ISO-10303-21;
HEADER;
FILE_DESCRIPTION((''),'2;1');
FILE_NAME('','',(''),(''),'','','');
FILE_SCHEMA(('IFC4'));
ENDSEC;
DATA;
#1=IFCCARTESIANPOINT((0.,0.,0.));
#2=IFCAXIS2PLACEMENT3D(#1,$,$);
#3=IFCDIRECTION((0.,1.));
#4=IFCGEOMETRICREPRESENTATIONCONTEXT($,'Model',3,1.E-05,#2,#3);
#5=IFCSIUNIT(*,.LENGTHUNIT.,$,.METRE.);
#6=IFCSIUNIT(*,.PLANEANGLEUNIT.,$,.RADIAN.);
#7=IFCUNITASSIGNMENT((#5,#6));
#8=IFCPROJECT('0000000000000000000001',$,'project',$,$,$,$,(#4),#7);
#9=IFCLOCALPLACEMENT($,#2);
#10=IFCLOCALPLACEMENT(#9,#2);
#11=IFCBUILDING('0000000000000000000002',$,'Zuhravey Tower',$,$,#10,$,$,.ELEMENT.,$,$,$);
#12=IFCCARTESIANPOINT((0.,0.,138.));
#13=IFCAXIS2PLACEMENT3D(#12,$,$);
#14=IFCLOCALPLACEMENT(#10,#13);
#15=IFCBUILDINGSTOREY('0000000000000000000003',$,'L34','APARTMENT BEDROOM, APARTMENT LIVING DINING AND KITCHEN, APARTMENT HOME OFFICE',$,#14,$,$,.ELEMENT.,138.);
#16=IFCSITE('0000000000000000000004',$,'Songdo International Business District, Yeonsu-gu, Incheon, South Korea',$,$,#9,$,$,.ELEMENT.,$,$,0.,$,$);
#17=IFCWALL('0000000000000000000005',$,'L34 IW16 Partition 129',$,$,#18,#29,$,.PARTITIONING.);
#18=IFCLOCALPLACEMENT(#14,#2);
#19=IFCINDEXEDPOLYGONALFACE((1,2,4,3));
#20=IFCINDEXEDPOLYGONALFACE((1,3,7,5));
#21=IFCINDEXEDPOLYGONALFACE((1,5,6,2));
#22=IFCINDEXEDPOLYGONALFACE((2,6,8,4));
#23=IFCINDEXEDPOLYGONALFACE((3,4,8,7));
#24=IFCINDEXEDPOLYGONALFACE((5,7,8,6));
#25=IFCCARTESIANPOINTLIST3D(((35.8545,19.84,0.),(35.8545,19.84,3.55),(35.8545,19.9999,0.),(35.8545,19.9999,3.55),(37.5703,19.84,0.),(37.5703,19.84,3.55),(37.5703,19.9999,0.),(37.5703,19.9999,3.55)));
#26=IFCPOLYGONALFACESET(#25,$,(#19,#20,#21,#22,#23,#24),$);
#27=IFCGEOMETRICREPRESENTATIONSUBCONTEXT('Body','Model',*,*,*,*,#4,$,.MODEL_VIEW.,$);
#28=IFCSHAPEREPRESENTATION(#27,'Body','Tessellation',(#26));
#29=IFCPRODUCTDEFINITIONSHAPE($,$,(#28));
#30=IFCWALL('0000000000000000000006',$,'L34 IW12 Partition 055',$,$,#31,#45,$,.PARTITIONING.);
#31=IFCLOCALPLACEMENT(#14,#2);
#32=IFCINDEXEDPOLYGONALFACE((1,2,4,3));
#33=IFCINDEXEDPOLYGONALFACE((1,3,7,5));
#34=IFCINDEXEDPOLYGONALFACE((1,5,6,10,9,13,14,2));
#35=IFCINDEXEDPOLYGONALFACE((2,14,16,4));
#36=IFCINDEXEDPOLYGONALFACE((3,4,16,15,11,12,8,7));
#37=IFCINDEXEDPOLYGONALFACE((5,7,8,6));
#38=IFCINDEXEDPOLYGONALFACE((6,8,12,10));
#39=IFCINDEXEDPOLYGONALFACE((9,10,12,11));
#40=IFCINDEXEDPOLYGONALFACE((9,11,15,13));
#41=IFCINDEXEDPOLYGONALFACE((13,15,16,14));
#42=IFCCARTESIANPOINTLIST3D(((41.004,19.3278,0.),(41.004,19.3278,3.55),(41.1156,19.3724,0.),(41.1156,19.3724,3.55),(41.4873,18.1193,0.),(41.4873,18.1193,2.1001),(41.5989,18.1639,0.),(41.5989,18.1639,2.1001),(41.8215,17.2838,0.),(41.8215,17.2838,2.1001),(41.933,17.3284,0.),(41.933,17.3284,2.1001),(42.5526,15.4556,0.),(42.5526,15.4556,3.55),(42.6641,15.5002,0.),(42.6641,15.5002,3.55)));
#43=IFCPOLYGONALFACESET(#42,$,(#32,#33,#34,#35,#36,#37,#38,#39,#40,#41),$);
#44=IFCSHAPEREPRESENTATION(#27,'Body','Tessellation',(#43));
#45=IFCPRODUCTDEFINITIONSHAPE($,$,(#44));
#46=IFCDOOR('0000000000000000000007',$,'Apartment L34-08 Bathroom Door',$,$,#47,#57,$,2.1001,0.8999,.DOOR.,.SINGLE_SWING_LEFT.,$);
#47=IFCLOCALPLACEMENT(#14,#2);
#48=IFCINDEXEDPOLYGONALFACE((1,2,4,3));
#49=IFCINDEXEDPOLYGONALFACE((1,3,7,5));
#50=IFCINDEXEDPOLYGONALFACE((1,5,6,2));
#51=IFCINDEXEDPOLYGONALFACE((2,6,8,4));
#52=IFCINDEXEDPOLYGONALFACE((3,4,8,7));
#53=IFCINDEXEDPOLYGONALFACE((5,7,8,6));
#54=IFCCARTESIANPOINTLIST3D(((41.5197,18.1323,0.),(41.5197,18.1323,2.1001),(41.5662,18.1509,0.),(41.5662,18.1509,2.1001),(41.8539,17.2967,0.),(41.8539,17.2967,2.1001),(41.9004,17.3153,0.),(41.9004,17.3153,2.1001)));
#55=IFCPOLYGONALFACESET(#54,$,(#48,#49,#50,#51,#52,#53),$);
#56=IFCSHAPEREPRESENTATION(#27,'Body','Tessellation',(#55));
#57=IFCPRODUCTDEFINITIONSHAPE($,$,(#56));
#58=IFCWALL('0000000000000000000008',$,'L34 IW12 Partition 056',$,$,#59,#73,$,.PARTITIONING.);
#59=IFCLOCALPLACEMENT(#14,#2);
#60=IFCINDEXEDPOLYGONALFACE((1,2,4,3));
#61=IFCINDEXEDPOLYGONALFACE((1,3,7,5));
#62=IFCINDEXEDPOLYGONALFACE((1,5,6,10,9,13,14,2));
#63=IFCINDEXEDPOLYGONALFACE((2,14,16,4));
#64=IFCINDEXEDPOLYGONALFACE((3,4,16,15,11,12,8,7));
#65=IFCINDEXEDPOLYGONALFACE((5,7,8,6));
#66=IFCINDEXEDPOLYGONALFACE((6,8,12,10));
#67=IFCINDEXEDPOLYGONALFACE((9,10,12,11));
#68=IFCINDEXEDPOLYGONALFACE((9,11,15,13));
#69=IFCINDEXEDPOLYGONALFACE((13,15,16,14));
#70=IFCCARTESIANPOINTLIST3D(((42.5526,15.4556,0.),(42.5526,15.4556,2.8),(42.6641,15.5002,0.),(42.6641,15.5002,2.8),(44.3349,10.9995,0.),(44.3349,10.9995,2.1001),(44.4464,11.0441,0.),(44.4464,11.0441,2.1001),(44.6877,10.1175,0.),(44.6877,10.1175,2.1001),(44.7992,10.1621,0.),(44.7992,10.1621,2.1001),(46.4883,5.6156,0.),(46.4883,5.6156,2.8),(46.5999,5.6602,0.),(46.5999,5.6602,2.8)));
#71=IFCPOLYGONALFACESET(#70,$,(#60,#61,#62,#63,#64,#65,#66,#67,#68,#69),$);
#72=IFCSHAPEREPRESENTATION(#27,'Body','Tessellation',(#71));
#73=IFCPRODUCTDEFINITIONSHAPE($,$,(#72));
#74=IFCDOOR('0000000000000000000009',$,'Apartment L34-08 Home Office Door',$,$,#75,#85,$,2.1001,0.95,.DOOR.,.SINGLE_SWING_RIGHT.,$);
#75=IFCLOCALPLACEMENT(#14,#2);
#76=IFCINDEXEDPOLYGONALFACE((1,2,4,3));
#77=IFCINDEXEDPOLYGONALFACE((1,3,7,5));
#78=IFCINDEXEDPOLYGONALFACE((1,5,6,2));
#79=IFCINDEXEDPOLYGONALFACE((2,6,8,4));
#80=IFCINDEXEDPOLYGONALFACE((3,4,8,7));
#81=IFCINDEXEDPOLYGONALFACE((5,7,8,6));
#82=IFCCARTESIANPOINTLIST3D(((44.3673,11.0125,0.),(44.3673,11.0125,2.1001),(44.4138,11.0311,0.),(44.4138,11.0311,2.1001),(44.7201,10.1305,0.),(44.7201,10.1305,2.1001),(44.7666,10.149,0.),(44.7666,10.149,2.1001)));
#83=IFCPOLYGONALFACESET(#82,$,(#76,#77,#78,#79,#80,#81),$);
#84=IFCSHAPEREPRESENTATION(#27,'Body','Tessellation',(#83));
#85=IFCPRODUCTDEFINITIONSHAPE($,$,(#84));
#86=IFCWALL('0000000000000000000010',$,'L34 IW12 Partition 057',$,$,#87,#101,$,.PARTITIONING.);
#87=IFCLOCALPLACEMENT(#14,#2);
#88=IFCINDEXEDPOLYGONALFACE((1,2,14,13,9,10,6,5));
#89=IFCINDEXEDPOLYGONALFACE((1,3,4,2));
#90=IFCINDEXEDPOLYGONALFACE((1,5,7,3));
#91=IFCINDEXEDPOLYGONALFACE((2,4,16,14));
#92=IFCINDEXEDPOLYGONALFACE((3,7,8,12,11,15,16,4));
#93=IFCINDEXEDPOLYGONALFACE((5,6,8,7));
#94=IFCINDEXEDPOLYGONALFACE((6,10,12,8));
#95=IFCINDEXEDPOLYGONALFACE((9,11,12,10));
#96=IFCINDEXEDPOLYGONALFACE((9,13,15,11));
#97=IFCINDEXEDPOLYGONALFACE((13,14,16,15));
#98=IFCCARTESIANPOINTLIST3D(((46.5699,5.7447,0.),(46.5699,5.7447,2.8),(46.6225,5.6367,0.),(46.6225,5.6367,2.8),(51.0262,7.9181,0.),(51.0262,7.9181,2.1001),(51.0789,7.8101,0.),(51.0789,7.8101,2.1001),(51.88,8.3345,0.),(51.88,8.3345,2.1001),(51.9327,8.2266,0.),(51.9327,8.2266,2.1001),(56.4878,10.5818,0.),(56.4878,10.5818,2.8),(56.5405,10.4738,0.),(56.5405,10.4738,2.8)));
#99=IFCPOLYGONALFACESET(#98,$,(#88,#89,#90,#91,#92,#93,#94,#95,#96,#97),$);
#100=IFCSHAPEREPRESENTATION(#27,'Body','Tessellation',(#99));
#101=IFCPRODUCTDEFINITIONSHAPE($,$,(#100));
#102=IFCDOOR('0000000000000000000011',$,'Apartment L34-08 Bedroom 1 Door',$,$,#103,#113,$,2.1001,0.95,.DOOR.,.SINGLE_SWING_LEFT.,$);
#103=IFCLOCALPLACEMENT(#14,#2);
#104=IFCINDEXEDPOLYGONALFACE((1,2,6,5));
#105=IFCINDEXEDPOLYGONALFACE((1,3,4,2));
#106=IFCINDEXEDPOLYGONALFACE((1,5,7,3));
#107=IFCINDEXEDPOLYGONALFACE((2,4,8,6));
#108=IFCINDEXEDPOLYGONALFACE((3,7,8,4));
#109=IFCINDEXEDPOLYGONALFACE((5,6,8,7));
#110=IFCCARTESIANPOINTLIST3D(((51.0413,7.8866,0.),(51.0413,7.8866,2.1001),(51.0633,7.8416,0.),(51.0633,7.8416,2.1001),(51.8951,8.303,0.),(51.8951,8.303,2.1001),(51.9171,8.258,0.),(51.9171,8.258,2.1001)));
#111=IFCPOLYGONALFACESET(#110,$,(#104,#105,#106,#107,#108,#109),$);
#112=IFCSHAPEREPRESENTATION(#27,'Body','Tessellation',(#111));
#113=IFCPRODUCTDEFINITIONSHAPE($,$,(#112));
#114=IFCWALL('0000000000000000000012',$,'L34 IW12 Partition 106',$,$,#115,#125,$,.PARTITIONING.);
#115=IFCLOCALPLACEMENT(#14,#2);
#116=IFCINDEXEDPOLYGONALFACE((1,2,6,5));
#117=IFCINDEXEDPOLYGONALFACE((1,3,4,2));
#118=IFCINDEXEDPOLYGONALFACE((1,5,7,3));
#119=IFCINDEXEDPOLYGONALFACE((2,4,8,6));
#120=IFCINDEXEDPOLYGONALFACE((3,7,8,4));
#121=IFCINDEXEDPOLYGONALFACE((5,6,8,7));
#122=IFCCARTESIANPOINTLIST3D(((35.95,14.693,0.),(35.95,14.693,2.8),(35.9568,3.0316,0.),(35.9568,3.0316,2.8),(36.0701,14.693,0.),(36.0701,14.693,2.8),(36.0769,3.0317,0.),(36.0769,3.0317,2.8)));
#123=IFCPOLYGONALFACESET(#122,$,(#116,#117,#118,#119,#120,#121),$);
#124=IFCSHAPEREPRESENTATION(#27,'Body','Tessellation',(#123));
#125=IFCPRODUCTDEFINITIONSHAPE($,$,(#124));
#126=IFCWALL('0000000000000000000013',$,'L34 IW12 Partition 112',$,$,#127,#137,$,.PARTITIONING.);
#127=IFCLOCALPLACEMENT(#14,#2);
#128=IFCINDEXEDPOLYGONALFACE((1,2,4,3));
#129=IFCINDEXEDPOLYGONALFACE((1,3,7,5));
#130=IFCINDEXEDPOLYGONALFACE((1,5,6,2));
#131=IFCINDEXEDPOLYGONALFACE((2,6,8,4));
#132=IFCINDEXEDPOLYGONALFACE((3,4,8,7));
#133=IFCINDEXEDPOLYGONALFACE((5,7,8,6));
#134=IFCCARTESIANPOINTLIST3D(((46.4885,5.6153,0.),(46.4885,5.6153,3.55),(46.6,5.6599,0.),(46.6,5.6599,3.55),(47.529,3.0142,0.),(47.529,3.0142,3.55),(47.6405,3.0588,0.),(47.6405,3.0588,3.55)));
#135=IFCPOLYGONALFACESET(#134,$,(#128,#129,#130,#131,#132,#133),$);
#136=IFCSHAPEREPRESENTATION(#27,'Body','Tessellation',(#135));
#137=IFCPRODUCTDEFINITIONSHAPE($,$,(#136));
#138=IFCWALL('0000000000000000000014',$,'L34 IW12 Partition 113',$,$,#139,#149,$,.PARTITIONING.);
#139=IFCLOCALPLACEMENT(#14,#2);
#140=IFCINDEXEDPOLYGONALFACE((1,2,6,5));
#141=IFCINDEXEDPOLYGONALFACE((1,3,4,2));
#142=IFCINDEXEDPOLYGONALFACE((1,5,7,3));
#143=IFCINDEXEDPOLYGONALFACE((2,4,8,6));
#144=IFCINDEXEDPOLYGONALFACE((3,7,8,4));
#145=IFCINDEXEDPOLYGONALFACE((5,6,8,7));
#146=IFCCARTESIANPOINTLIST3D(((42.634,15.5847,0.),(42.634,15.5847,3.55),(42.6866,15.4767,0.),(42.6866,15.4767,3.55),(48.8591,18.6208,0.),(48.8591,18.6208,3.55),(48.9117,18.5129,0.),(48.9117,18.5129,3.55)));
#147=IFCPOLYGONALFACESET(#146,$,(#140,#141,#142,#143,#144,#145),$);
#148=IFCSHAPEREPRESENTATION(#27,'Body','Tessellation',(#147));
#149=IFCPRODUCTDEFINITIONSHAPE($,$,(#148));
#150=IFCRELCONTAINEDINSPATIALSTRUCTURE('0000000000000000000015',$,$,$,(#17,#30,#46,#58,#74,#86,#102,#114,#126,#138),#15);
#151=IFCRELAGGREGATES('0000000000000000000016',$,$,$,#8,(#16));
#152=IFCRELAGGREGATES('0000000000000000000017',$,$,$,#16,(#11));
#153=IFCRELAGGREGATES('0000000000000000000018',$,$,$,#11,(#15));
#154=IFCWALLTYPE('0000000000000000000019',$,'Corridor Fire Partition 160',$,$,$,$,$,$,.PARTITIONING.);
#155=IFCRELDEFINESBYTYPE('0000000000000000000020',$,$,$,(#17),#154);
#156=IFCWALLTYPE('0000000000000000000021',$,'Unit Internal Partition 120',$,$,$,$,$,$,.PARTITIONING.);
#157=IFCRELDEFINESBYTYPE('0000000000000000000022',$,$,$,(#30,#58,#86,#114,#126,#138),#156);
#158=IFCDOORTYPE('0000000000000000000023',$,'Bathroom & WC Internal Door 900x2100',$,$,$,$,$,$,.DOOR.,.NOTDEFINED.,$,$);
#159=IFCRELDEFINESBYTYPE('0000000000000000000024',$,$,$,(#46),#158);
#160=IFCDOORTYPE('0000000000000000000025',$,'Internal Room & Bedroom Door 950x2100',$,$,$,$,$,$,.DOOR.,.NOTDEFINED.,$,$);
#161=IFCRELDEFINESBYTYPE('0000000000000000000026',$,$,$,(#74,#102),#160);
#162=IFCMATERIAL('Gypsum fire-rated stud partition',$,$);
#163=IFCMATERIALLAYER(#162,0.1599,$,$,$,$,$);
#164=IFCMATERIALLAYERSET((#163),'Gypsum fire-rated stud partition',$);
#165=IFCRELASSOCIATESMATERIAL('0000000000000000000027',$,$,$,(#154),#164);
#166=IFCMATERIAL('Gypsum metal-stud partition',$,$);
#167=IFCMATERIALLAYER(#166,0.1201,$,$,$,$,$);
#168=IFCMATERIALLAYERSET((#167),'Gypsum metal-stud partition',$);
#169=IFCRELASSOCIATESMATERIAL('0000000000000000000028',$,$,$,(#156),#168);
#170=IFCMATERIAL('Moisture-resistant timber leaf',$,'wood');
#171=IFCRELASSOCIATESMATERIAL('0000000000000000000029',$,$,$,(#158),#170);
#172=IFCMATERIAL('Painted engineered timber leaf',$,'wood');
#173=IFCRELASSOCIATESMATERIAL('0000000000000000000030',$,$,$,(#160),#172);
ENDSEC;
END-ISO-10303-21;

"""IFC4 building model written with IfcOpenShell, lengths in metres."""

from ifc_helpers import new_model, si_unit, direction, frame, frame_2d, origin, place, context, subcontext, project, spatial, rectangle, extrude, material, layer, layer_set, type_object, element, fill, save


model = new_model("IFC4")

# Units and contexts
model_context = context("Model", 3, precision=1e-05, world=origin(), true_north=direction((0.0, 1.0)))
body_context = subcontext(model_context, "Body", "Model", "MODEL_VIEW")
ifc_project = project(units=[si_unit("LENGTHUNIT", "METRE"), si_unit("PLANEANGLEUNIT", "RADIAN")], contexts=[model_context])

# Site, building, storey
site_placement = place(None, origin())
site = spatial("IfcSite", under=ifc_project, at=site_placement, Name="Songdo International Business District, Yeonsu-gu, Incheon, South Korea", CompositionType="ELEMENT", RefElevation=0.0)
building_placement = place(site_placement, origin())
building = spatial("IfcBuilding", under=site, at=building_placement, Name="Zuhravey Tower", CompositionType="ELEMENT")
storey_placement = place(building_placement, frame((0.0, 0.0, 138.0)))
storey = spatial("IfcBuildingStorey", under=building, at=storey_placement, Name="L34", Description="APARTMENT BEDROOM, APARTMENT LIVING DINING AND KITCHEN, APARTMENT HOME OFFICE", CompositionType="ELEMENT", Elevation=138.0)

# Shared definitions
ifc_material_1 = material(Name="Gypsum fire-rated stud partition")
ifc_layer_1 = layer(ifc_material_1, 0.1599)
ifc_layer_set_1 = layer_set([ifc_layer_1], Name="Gypsum fire-rated stud partition")
wall_type_1 = type_object("IfcWallType", Name="Corridor Fire Partition 160", PredefinedType="PARTITIONING", material=ifc_layer_set_1)

# Wall
wall_1_placement = place(storey_placement, frame((35.8545, 19.9199, 0.0), z_axis=(0.0, 0.0, 1.0), x_axis=(1.0, 0.0, 0.0)))
element("IfcWall", 1, at=wall_1_placement, inside=storey, type_object=wall_type_1, Name="L34 IW16 Partition 129", PredefinedType="PARTITIONING", context=body_context, shape_type="SweptSolid", body=[
    extrude(rectangle(XDim=1.7158, YDim=0.1599, at=frame_2d((0.8579, 0.0))), origin(), (0.0, 0.0, 1.0), 3.55),
])

# Walls, openings, doors
ifc_material_2 = material(Name="Gypsum metal-stud partition")
ifc_layer_2 = layer(ifc_material_2, 0.1201)
ifc_layer_set_2 = layer_set([ifc_layer_2], Name="Gypsum metal-stud partition")
wall_type_2 = type_object("IfcWallType", Name="Unit Internal Partition 120", PredefinedType="PARTITIONING", material=ifc_layer_set_2)
wall_2_placement = place(storey_placement, frame((41.0598, 19.3501, 0.0), z_axis=(0.0, 0.0, 1.0), x_axis=(0.37132, -0.928505, 0.0)))
wall_2 = element("IfcWall", 2, at=wall_2_placement, inside=storey, type_object=wall_type_2, Name="L34 IW12 Partition 055", PredefinedType="PARTITIONING", context=body_context, shape_type="SweptSolid", body=[
    extrude(rectangle(XDim=4.1704, YDim=0.1201, at=frame_2d((2.0852, 0.0))), origin(), (0.0, 0.0, 1.0), 3.55),
])
opening_1_placement = place(wall_2_placement, frame((1.3015, 0.0, 0.0)))
opening_1 = element("IfcOpeningElement", 3, at=opening_1_placement, cuts=wall_2, PredefinedType="OPENING", context=body_context, shape_type="SweptSolid", body=[
    extrude(rectangle(XDim=0.8999, YDim=2.1001, at=frame_2d((0.45, 1.05))), frame((0.0, 0.072, 0.0), z_axis=(0.0, -1.0, 0.0), x_axis=(1.0, 0.0, 0.0)), (0.0, 0.0, 1.0), 0.144),
])
ifc_material_3 = material(Name="Moisture-resistant timber leaf", Category="wood")
door_type_1 = type_object("IfcDoorType", Name="Bathroom & WC Internal Door 900x2100", OperationType="NOTDEFINED", PredefinedType="DOOR", material=ifc_material_3)
door_1_placement = place(opening_1_placement, origin())
door_1 = element("IfcDoor", 4, at=door_1_placement, inside=storey, type_object=door_type_1, Name="Apartment L34-08 Bathroom Door", OperationType="SINGLE_SWING_LEFT", OverallHeight=2.1001, OverallWidth=0.8999, PredefinedType="DOOR", context=body_context, shape_type="SweptSolid", body=[
    extrude(rectangle(XDim=0.8999, YDim=2.1001, at=frame_2d((0.45, 1.05))), frame((0.0, 0.0249, 0.0), z_axis=(0.0, -1.0, 0.0), x_axis=(1.0, 0.0, 0.0)), (0.0, 0.0, 1.0), 0.05),
])
fill(opening_1, door_1)
wall_3_placement = place(storey_placement, frame((42.6084, 15.4778, 0.0), z_axis=(0.0, 0.0, 1.0), x_axis=(0.371371, -0.928485, 0.0)))
wall_3 = element("IfcWall", 5, at=wall_3_placement, inside=storey, type_object=wall_type_2, Name="L34 IW12 Partition 056", PredefinedType="PARTITIONING", context=body_context, shape_type="SweptSolid", body=[
    extrude(rectangle(XDim=10.5979, YDim=0.1201, at=frame_2d((5.2988, 0.0))), origin(), (0.0, 0.0, 1.0), 2.8),
])
opening_2_placement = place(wall_3_placement, frame((4.7991, 0.0, 0.0)))
opening_2 = element("IfcOpeningElement", 6, at=opening_2_placement, cuts=wall_3, PredefinedType="OPENING", context=body_context, shape_type="SweptSolid", body=[
    extrude(rectangle(XDim=0.95, YDim=2.1001, at=frame_2d((0.4751, 1.05))), frame((0.0, 0.072, 0.0), z_axis=(0.0, -1.0, 0.0), x_axis=(1.0, 0.0, 0.0)), (0.0, 0.0, 1.0), 0.144),
])
ifc_material_4 = material(Name="Painted engineered timber leaf", Category="wood")
door_type_2 = type_object("IfcDoorType", Name="Internal Room & Bedroom Door 950x2100", OperationType="NOTDEFINED", PredefinedType="DOOR", material=ifc_material_4)
door_2_placement = place(opening_2_placement, origin())
door_2 = element("IfcDoor", 7, at=door_2_placement, inside=storey, type_object=door_type_2, Name="Apartment L34-08 Home Office Door", OperationType="SINGLE_SWING_RIGHT", OverallHeight=2.1001, OverallWidth=0.95, PredefinedType="DOOR", context=body_context, shape_type="SweptSolid", body=[
    extrude(rectangle(XDim=0.95, YDim=2.1001, at=frame_2d((0.4751, 1.05))), frame((0.0, 0.0249, 0.0), z_axis=(0.0, -1.0, 0.0), x_axis=(1.0, 0.0, 0.0)), (0.0, 0.0, 1.0), 0.05),
])
fill(opening_2, door_2)
wall_4_placement = place(storey_placement, frame((46.5962, 5.6907, 0.0), z_axis=(0.0, 0.0, 1.0), x_axis=(0.8988, 0.43836, 0.0)))
wall_4 = element("IfcWall", 8, at=wall_4_placement, inside=storey, type_object=wall_type_2, Name="L34 IW12 Partition 057", PredefinedType="PARTITIONING", context=body_context, shape_type="SweptSolid", body=[
    extrude(rectangle(XDim=11.0347, YDim=0.1201, at=frame_2d((5.5173, 0.0))), origin(), (0.0, 0.0, 1.0), 2.8),
])
opening_3_placement = place(wall_4_placement, frame((4.958, 0.0, 0.0)))
opening_3 = element("IfcOpeningElement", 9, at=opening_3_placement, cuts=wall_4, PredefinedType="OPENING", context=body_context, shape_type="SweptSolid", body=[
    extrude(rectangle(XDim=0.95, YDim=2.1001, at=frame_2d((0.4751, 1.05))), frame((0.0, 0.072, 0.0), z_axis=(0.0, -1.0, 0.0), x_axis=(1.0, 0.0, 0.0)), (0.0, 0.0, 1.0), 0.144),
])
door_3_placement = place(opening_3_placement, frame((0.95, 0.0, 0.0), z_axis=(0.0, 0.0, 1.0), x_axis=(-1.0, 0.0, 0.0)))
door_3 = element("IfcDoor", 10, at=door_3_placement, inside=storey, type_object=door_type_2, Name="Apartment L34-08 Bedroom 1 Door", OperationType="SINGLE_SWING_LEFT", OverallHeight=2.1001, OverallWidth=0.95, PredefinedType="DOOR", context=body_context, shape_type="SweptSolid", body=[
    extrude(rectangle(XDim=0.95, YDim=2.1001, at=frame_2d((0.4751, 1.05))), frame((0.0, 0.0249, 0.0), z_axis=(0.0, -1.0, 0.0), x_axis=(1.0, 0.0, 0.0)), (0.0, 0.0, 1.0), 0.05),
])
fill(opening_3, door_3)

# Walls
wall_5_placement = place(storey_placement, frame((36.01, 14.6929, 0.0), z_axis=(0.0, 0.0, 1.0), x_axis=(0.000586, -1.0, 0.0)))
element("IfcWall", 11, at=wall_5_placement, inside=storey, type_object=wall_type_2, Name="L34 IW12 Partition 106", PredefinedType="PARTITIONING", context=body_context, shape_type="SweptSolid", body=[
    extrude(rectangle(XDim=11.6614, YDim=0.1201, at=frame_2d((5.8306, 0.0))), origin(), (0.0, 0.0, 1.0), 2.8),
])
wall_6_placement = place(storey_placement, frame((46.5442, 5.6377, 0.0), z_axis=(0.0, 0.0, 1.0), x_axis=(0.371421, -0.928465, 0.0)))
element("IfcWall", 12, at=wall_6_placement, inside=storey, type_object=wall_type_2, Name="L34 IW12 Partition 112", PredefinedType="PARTITIONING", context=body_context, shape_type="SweptSolid", body=[
    extrude(rectangle(XDim=2.8015, YDim=0.1201, at=frame_2d((1.4009, 0.0))), origin(), (0.0, 0.0, 1.0), 3.55),
])
wall_7_placement = place(storey_placement, frame((42.6604, 15.5308, 0.0), z_axis=(0.0, 0.0, 1.0), x_axis=(0.898797, 0.438365, 0.0)))
element("IfcWall", 13, at=wall_7_placement, inside=storey, type_object=wall_type_2, Name="L34 IW12 Partition 113", PredefinedType="PARTITIONING", context=body_context, shape_type="SweptSolid", body=[
    extrude(rectangle(XDim=6.926, YDim=0.1201, at=frame_2d((3.4629, 0.0))), origin(), (0.0, 0.0, 1.0), 3.55),
])

save(model, "model.ifc")
